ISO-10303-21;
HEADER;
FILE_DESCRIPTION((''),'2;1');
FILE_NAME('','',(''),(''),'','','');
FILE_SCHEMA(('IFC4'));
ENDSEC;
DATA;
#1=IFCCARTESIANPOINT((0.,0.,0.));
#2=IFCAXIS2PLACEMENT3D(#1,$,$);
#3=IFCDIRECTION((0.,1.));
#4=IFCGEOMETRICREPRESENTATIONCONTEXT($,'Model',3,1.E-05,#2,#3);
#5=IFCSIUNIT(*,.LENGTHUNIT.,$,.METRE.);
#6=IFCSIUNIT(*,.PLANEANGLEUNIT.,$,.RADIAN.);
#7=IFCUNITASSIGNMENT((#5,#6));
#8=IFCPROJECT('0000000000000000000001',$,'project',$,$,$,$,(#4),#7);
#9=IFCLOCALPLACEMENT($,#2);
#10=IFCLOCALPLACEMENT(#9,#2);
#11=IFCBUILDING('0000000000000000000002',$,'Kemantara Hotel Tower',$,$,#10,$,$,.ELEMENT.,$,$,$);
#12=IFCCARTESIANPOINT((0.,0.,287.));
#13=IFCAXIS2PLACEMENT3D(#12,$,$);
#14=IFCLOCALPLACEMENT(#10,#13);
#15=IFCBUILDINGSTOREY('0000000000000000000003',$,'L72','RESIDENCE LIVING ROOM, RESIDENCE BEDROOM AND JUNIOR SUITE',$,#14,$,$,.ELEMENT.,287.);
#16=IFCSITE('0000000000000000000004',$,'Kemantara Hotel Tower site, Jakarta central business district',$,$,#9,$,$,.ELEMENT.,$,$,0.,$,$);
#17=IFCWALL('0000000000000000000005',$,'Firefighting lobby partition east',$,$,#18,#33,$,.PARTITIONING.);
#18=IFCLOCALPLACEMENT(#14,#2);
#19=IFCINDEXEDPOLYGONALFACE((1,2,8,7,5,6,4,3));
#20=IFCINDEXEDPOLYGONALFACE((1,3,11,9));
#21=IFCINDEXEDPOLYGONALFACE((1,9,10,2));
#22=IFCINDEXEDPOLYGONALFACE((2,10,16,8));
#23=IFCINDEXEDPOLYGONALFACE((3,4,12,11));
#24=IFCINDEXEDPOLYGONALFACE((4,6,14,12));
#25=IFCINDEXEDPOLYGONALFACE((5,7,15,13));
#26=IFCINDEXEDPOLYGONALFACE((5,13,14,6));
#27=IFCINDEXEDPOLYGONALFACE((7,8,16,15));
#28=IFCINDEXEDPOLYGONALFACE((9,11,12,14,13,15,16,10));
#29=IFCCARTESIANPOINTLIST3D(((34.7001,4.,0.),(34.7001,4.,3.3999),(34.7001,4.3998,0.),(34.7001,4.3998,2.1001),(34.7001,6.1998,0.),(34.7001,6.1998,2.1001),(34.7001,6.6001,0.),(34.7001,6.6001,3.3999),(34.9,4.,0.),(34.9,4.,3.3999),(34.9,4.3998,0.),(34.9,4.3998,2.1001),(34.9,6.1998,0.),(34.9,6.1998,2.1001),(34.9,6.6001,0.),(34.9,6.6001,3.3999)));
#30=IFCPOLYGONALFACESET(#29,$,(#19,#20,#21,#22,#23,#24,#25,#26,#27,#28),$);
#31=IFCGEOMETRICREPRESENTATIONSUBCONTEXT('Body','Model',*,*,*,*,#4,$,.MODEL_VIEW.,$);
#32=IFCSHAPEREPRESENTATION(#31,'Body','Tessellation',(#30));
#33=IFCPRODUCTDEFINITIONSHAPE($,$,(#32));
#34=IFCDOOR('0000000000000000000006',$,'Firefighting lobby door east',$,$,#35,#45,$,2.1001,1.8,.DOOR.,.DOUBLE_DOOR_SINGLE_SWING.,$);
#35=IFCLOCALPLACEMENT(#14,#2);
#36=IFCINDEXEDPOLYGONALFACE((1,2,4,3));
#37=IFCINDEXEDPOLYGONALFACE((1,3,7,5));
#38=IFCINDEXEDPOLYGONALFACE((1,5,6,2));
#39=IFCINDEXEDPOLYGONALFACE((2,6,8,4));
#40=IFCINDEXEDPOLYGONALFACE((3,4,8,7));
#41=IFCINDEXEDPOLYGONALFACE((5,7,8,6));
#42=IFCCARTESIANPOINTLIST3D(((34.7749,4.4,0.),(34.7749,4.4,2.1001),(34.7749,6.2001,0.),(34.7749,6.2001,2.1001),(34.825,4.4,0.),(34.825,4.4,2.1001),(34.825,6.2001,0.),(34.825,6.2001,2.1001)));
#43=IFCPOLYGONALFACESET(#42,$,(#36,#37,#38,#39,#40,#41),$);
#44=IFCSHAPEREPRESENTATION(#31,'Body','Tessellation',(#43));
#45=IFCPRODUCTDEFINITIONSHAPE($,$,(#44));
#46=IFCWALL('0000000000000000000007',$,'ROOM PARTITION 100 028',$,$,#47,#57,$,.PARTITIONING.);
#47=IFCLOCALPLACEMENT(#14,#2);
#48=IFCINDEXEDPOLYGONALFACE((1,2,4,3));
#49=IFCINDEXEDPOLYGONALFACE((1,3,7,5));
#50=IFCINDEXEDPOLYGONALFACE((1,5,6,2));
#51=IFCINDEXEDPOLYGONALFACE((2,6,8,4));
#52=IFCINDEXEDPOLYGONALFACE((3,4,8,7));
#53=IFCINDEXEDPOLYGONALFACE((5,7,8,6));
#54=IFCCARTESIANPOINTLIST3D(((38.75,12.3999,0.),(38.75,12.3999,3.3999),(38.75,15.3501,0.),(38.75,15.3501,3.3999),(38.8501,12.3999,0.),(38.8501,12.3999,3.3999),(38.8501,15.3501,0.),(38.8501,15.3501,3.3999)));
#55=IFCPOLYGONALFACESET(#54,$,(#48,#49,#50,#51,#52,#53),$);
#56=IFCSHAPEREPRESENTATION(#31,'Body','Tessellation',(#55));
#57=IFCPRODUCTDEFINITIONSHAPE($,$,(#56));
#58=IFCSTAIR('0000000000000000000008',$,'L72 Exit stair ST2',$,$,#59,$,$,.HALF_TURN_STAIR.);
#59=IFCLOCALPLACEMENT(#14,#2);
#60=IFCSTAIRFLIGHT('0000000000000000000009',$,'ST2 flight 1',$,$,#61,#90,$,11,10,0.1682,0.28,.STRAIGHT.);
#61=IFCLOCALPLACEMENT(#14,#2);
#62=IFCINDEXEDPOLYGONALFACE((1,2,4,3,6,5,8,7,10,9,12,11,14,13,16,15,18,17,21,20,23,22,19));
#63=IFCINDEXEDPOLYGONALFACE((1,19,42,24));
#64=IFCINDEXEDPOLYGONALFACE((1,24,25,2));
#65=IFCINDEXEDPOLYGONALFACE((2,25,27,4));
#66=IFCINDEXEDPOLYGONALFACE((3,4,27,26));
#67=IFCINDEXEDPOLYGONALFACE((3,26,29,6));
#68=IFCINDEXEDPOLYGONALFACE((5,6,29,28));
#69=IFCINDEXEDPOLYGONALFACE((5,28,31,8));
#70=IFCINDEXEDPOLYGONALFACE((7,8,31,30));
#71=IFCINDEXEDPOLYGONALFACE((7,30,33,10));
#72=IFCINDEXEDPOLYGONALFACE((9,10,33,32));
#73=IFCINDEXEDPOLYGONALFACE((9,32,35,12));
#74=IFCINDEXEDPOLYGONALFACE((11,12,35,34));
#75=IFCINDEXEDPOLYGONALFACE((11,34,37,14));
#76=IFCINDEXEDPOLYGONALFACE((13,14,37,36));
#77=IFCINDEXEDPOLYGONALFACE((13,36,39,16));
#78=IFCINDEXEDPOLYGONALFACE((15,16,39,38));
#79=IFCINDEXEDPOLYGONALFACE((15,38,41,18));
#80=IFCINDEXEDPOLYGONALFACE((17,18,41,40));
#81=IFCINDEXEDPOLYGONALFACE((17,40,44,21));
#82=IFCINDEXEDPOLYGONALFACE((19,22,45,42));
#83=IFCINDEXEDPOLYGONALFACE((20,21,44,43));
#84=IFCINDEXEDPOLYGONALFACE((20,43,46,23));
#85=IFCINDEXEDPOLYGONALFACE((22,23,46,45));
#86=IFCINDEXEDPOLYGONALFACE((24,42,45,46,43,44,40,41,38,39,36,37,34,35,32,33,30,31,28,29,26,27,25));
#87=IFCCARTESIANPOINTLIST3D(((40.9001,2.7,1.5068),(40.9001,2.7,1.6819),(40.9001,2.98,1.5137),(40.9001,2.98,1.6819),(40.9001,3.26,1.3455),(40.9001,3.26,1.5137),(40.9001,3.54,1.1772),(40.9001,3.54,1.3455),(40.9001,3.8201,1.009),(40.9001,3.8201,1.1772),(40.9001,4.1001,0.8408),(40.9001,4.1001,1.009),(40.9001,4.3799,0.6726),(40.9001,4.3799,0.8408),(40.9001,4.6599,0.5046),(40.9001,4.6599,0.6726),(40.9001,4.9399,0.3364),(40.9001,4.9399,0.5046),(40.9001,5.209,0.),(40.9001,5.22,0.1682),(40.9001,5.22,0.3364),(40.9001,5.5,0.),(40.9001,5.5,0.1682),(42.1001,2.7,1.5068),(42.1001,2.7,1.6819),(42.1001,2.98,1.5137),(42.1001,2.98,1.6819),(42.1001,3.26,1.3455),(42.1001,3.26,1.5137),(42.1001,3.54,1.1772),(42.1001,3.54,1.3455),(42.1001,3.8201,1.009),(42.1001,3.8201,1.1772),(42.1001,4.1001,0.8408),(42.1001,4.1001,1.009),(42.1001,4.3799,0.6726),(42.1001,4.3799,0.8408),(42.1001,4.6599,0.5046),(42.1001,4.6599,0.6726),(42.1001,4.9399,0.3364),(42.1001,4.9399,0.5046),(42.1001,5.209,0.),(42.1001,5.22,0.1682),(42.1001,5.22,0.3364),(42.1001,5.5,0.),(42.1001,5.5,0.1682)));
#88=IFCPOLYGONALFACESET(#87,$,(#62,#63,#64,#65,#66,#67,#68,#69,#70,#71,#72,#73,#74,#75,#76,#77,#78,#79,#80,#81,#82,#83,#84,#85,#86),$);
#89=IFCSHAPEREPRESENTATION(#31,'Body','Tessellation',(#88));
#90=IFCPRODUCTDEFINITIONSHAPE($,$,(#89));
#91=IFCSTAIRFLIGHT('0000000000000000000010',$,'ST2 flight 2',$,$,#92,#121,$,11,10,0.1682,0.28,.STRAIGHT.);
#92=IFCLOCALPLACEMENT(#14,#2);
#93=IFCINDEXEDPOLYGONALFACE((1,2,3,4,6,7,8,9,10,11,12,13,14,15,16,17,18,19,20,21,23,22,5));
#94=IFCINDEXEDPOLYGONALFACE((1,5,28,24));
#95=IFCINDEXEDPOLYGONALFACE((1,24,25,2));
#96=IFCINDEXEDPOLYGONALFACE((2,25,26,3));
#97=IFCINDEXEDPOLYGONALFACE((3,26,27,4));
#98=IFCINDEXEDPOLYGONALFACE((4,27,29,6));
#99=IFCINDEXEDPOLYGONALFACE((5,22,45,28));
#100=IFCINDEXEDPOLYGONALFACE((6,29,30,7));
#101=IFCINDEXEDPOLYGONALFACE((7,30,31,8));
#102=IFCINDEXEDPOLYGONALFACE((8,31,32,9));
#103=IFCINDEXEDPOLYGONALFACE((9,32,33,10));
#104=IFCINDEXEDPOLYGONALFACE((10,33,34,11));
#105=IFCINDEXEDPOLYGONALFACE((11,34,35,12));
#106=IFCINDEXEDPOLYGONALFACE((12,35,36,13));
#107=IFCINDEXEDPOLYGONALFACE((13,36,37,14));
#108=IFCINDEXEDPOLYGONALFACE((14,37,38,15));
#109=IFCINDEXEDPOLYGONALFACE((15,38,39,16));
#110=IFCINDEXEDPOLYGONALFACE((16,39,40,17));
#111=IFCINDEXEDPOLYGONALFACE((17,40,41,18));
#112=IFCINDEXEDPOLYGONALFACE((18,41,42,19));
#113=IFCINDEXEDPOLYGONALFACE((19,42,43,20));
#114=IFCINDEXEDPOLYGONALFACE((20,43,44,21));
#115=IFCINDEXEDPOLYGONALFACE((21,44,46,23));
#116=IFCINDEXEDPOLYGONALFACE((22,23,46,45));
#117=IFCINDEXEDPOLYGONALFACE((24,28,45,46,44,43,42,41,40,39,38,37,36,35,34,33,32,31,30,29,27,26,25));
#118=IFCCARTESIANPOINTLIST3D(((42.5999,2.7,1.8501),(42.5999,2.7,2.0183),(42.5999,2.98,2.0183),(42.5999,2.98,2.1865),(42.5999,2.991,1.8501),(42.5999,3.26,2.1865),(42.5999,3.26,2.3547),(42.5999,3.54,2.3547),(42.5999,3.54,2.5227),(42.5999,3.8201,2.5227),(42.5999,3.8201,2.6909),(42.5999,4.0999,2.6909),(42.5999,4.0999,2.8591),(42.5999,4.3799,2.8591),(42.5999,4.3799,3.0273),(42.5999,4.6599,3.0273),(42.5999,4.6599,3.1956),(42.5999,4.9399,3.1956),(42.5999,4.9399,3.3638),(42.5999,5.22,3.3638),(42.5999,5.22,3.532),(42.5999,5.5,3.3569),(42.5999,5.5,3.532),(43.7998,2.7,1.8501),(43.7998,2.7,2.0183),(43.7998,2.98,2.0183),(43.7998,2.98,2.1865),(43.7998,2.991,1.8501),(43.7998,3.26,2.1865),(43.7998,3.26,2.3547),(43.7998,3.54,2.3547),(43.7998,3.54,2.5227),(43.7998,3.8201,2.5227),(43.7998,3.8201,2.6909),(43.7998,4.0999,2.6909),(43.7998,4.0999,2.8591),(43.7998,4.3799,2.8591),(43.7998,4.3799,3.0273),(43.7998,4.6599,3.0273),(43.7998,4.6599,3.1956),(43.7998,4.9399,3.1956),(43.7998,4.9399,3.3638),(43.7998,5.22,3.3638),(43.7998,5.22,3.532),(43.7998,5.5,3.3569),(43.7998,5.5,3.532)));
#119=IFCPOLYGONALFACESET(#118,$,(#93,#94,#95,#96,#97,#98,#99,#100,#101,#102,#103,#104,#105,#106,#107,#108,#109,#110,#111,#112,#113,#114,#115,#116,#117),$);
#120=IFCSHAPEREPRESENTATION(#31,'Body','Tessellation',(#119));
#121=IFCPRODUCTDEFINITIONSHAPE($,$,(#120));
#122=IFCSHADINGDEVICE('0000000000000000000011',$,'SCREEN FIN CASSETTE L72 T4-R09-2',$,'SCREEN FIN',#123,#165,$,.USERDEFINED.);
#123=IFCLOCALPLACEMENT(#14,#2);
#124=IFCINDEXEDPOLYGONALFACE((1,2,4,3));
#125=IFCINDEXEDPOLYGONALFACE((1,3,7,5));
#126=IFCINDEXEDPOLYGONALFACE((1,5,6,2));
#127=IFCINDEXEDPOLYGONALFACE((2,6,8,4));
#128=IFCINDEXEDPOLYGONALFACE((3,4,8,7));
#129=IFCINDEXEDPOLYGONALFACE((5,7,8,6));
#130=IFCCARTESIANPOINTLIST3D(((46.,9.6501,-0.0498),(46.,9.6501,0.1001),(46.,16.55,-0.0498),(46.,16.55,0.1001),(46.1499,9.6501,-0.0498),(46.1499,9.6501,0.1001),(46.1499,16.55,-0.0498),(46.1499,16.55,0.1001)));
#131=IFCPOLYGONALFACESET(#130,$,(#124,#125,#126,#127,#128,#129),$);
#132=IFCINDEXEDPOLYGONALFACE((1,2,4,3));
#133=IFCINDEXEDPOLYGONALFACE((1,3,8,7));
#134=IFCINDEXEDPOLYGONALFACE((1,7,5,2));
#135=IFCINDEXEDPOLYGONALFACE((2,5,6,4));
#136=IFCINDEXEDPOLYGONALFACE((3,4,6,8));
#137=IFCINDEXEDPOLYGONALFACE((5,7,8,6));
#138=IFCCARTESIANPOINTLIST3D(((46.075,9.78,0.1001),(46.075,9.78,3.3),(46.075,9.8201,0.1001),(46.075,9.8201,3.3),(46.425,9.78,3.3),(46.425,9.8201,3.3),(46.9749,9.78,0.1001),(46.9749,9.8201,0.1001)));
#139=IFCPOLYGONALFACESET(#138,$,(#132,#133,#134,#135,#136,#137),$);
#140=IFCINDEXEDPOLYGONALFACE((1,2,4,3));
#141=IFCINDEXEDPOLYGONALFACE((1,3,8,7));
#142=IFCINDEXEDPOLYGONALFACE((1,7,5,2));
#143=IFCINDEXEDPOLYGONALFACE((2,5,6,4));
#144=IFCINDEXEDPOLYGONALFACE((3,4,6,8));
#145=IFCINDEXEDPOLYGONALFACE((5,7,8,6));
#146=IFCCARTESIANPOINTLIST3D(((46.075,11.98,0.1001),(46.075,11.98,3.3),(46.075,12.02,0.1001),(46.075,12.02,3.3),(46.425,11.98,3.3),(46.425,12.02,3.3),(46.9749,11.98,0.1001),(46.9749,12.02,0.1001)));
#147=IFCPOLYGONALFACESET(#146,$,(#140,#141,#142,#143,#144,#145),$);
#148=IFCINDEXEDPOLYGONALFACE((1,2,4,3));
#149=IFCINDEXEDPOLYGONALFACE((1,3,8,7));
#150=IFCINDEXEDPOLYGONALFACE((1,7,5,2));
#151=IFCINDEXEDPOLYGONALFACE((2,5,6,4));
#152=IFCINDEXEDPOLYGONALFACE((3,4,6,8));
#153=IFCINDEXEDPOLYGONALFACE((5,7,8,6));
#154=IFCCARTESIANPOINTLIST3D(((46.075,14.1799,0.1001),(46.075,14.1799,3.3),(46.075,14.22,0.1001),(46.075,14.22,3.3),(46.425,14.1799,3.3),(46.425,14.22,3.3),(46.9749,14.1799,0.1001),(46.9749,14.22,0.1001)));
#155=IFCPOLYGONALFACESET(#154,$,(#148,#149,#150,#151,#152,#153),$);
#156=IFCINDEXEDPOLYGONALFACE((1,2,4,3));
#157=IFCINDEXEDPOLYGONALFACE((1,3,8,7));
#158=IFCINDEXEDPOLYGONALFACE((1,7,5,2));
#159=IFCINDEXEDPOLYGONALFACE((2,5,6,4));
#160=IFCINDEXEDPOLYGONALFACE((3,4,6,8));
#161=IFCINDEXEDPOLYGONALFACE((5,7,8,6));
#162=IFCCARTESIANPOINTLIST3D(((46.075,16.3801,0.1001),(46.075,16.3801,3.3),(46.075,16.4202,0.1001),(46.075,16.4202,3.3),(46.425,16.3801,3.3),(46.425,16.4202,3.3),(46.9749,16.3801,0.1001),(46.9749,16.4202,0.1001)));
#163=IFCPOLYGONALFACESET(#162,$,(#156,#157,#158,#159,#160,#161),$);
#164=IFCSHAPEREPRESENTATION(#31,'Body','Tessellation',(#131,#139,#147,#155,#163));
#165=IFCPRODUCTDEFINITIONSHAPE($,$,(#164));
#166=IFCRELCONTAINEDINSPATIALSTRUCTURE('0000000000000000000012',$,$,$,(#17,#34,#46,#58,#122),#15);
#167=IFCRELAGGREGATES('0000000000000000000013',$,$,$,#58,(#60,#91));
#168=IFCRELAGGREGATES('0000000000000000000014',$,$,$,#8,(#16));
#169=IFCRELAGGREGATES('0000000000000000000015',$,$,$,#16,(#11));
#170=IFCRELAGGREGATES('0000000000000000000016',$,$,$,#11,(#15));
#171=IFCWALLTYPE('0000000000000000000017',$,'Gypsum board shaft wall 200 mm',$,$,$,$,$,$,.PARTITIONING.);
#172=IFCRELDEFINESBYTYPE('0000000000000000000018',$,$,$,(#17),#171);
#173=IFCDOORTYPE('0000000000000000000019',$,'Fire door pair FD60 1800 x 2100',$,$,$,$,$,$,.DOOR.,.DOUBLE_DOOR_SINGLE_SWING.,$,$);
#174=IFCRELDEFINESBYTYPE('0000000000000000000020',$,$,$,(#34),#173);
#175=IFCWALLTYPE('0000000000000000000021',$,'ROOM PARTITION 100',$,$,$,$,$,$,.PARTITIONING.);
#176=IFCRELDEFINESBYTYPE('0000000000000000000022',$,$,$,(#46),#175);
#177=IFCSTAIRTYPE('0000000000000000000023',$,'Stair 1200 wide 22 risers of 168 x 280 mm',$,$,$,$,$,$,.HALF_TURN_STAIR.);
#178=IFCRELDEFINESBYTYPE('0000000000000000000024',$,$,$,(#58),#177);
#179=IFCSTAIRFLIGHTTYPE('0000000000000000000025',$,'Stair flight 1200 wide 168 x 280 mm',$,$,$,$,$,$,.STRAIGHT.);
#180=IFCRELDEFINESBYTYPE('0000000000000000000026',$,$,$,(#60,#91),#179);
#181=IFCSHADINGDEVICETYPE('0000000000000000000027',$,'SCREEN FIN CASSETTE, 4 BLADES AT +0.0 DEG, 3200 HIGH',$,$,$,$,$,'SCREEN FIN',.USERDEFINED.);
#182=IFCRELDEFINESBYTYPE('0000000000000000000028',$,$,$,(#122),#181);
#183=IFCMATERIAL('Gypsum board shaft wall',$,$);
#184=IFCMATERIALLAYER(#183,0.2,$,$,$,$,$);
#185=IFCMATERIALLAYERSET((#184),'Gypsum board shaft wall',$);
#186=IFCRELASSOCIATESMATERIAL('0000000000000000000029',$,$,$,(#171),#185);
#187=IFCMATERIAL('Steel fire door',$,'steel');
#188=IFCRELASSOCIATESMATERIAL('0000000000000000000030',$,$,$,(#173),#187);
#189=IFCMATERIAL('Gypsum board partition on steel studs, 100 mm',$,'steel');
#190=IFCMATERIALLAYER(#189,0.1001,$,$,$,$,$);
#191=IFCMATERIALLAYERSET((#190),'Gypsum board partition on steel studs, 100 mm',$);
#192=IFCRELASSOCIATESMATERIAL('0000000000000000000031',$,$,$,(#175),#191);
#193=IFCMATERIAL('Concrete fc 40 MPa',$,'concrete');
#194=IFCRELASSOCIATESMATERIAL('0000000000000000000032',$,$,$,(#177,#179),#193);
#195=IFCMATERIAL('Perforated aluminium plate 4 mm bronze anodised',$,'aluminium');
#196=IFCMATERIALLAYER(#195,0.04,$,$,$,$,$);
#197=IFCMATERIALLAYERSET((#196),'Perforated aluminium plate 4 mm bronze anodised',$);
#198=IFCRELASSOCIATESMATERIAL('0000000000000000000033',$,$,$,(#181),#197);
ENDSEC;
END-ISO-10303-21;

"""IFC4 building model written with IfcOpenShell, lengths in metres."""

from ifc_helpers import new_model, si_unit, direction, frame, frame_2d, origin, origin_2d, place, context, subcontext, project, spatial, polyline, rectangle, outline, extrude, source, transform, mapped, material, layer, layer_set, type_object, element, fill, aggregate, save


model = new_model("IFC4")

# Units and contexts
model_context = context("Model", 3, precision=1e-05, world=origin(), true_north=direction((0.0, 1.0)))
body_context = subcontext(model_context, "Body", "Model", "MODEL_VIEW")
ifc_project = project(units=[si_unit("LENGTHUNIT", "METRE"), si_unit("PLANEANGLEUNIT", "RADIAN")], contexts=[model_context])

# Site, building, storey
site_placement = place(None, origin())
site = spatial("IfcSite", under=ifc_project, at=site_placement, Name="Kemantara Hotel Tower site, Jakarta central business district", CompositionType="ELEMENT", RefElevation=0.0)
building_placement = place(site_placement, origin())
building = spatial("IfcBuilding", under=site, at=building_placement, Name="Kemantara Hotel Tower", CompositionType="ELEMENT")
storey_placement = place(building_placement, frame((0.0, 0.0, 287.0)))
storey = spatial("IfcBuildingStorey", under=building, at=storey_placement, Name="L72", Description="RESIDENCE LIVING ROOM, RESIDENCE BEDROOM AND JUNIOR SUITE", CompositionType="ELEMENT", Elevation=287.0)

# Shared definitions
ifc_material_1 = material(Name="Steel fire door", Category="steel")

# Wall, opening, door
ifc_material_2 = material(Name="Gypsum board shaft wall")
ifc_layer_1 = layer(ifc_material_2, 0.2)
ifc_layer_set_1 = layer_set([ifc_layer_1], Name="Gypsum board shaft wall")
wall_type_1 = type_object("IfcWallType", Name="Gypsum board shaft wall 200 mm", PredefinedType="PARTITIONING", material=ifc_layer_set_1)
wall_1_placement = place(storey_placement, frame((34.8, 4.0, 0.0), z_axis=(0.0, 0.0, 1.0), x_axis=(0.0, 1.0, 0.0)))
wall_1 = element("IfcWall", 1, at=wall_1_placement, inside=storey, type_object=wall_type_1, Name="Firefighting lobby partition east", PredefinedType="PARTITIONING", context=body_context, shape_type="SweptSolid", body=[
    extrude(rectangle(XDim=2.6001, YDim=0.2, at=frame_2d((1.3, 0.0))), origin(), (0.0, 0.0, 1.0), 3.3999),
])
opening_1_placement = place(wall_1_placement, frame((0.3999, 0.0, 0.0)))
opening_1 = element("IfcOpeningElement", 2, at=opening_1_placement, cuts=wall_1, PredefinedType="OPENING", context=body_context, shape_type="SweptSolid", body=[
    extrude(rectangle(XDim=1.8, YDim=2.1001, at=frame_2d((0.8999, 1.05))), frame((0.0, 0.1099, 0.0), z_axis=(0.0, -1.0, 0.0), x_axis=(1.0, 0.0, 0.0)), (0.0, 0.0, 1.0), 0.22),
])
door_type_1 = type_object("IfcDoorType", Name="Fire door pair FD60 1800 x 2100", OperationType="DOUBLE_DOOR_SINGLE_SWING", PredefinedType="DOOR", material=ifc_material_1)
door_1_placement = place(opening_1_placement, frame((1.8, 0.0, 0.0), z_axis=(0.0, 0.0, 1.0), x_axis=(-1.0, 0.0, 0.0)))
door_1 = element("IfcDoor", 3, at=door_1_placement, inside=storey, type_object=door_type_1, Name="Firefighting lobby door east", OperationType="DOUBLE_DOOR_SINGLE_SWING", OverallHeight=2.1001, OverallWidth=1.8, PredefinedType="DOOR", context=body_context, shape_type="SweptSolid", body=[
    extrude(rectangle(XDim=1.8, YDim=2.1001, at=frame_2d((0.8999, 1.05))), frame((0.0, 0.0249, 0.0), z_axis=(0.0, -1.0, 0.0), x_axis=(1.0, 0.0, 0.0)), (0.0, 0.0, 1.0), 0.05),
])
fill(opening_1, door_1)

# Wall
ifc_material_3 = material(Name="Gypsum board partition on steel studs, 100 mm", Category="steel")
ifc_layer_2 = layer(ifc_material_3, 0.1001)
ifc_layer_set_2 = layer_set([ifc_layer_2], Name="Gypsum board partition on steel studs, 100 mm")
wall_type_2 = type_object("IfcWallType", Name="ROOM PARTITION 100", PredefinedType="PARTITIONING", material=ifc_layer_set_2)
wall_2_placement = place(storey_placement, frame((38.8, 12.3999, 0.0), z_axis=(0.0, 0.0, 1.0), x_axis=(0.0, 1.0, 0.0)))
element("IfcWall", 4, at=wall_2_placement, inside=storey, type_object=wall_type_2, Name="ROOM PARTITION 100 028", PredefinedType="PARTITIONING", context=body_context, shape_type="SweptSolid", body=[
    extrude(rectangle(XDim=2.9502, YDim=0.1001, at=frame_2d((1.4751, 0.0))), origin(), (0.0, 0.0, 1.0), 3.3999),
])

# Stair, stair flights
ifc_material_4 = material(Name="Concrete fc 40 MPa", Category="concrete")
stair_type = type_object("IfcStairType", Name="Stair 1200 wide 22 risers of 168 x 280 mm", PredefinedType="HALF_TURN_STAIR", material=ifc_material_4)
stair_placement = place(storey_placement, origin())
stair = element("IfcStair", 5, at=stair_placement, inside=storey, type_object=stair_type, Name="L72 Exit stair ST2", PredefinedType="HALF_TURN_STAIR")
stair_flight_type = type_object("IfcStairFlightType", Name="Stair flight 1200 wide 168 x 280 mm", PredefinedType="STRAIGHT", material=ifc_material_4)
stair_flight_1_placement = place(storey_placement, frame((41.5, 5.5, 0.0), z_axis=(0.0, 0.0, 1.0), x_axis=(0.0, -1.0, 0.0)))
stair_flight_1 = element("IfcStairFlight", 6, at=stair_flight_1_placement, type_object=stair_flight_type, Name="ST2 flight 1", NumberOfRisers=11, NumberOfTreads=10, PredefinedType="STRAIGHT", RiserHeight=0.1682, TreadLength=0.28, context=body_context, shape_type="SweptSolid", body=[
    extrude(outline(polyline([(0.0, 0.0), (0.0, 0.1682), (0.28, 0.1682), (0.28, 0.3364), (0.5601, 0.3364), (0.5601, 0.5046), (0.8401, 0.5046), (0.8401, 0.6726), (1.1201, 0.6726), (1.1201, 0.8408), (1.3999, 0.8408), (1.3999, 1.009), (1.6799, 1.009), (1.6799, 1.1772), (1.96, 1.1772), (1.96, 1.3455), (2.24, 1.3455), (2.24, 1.5137), (2.52, 1.5137), (2.52, 1.6819), (2.8, 1.6819), (2.8, 1.8501), (2.8, 1.5068), (0.291, 0.0), (0.0, 0.0)])), frame((0.0, 0.6001, 0.0), z_axis=(0.0, -1.0, 0.0), x_axis=(1.0, 0.0, 0.0)), (0.0, 0.0, 1.0), 1.2),
])
stair_flight_2_placement = place(storey_placement, frame((43.2, 2.7, 1.8501), z_axis=(0.0, 0.0, 1.0), x_axis=(0.0, 1.0, 0.0)))
stair_flight_2 = element("IfcStairFlight", 7, at=stair_flight_2_placement, type_object=stair_flight_type, Name="ST2 flight 2", NumberOfRisers=11, NumberOfTreads=10, PredefinedType="STRAIGHT", RiserHeight=0.1682, TreadLength=0.28, context=body_context, shape_type="SweptSolid", body=[
    extrude(outline(polyline([(0.0, 0.0), (0.0, 0.1682), (0.28, 0.1682), (0.28, 0.3364), (0.5601, 0.3364), (0.5601, 0.5046), (0.8401, 0.5046), (0.8401, 0.6726), (1.1201, 0.6726), (1.1201, 0.8408), (1.3999, 0.8408), (1.3999, 1.009), (1.6799, 1.009), (1.6799, 1.1772), (1.96, 1.1772), (1.96, 1.3455), (2.24, 1.3455), (2.24, 1.5137), (2.52, 1.5137), (2.52, 1.6819), (2.8, 1.6819), (2.8, 1.8501), (2.8, 1.5068), (0.291, 0.0), (0.0, 0.0)])), frame((0.0, 0.6001, 0.0), z_axis=(0.0, -1.0, 0.0), x_axis=(1.0, 0.0, 0.0)), (0.0, 0.0, 1.0), 1.2),
])
aggregate(stair, [stair_flight_1, stair_flight_2])

# Shading device
ifc_material_5 = material(Name="Perforated aluminium plate 4 mm bronze anodised", Category="aluminium")
ifc_layer_3 = layer(ifc_material_5, 0.04)
ifc_layer_set_3 = layer_set([ifc_layer_3], Name="Perforated aluminium plate 4 mm bronze anodised")
shading_device_type_1 = type_object("IfcShadingDeviceType", Name="SCREEN FIN CASSETTE, 4 BLADES AT +0.0 DEG, 3200 HIGH", ElementType="SCREEN FIN", PredefinedType="USERDEFINED", material=ifc_layer_set_3)
shared_shape_1 = source(origin(), body_context, "Body", "SweptSolid", [
    extrude(rectangle(XDim=6.8999, YDim=0.1499, at=origin_2d()), frame((3.3, -0.075, -0.1499), z_axis=(0.0, 0.0, 1.0), x_axis=(1.0, 0.0, 0.0)), (0.0, 0.0, 1.0), 0.1499),
    extrude(outline(polyline([(0.0, 0.0), (0.8999, 0.0), (0.3501, 3.2), (0.0, 3.2), (0.0, 0.0)])), frame((0.02, -0.075, 0.0), z_axis=(-1.0, 0.0, 0.0), x_axis=(0.0, -1.0, 0.0)), (0.0, 0.0, 1.0), 0.04),
    extrude(outline(polyline([(0.0, 0.0), (0.8999, 0.0), (0.3501, 3.2), (0.0, 3.2), (0.0, 0.0)])), frame((2.22, -0.075, 0.0), z_axis=(-1.0, 0.0, 0.0), x_axis=(0.0, -1.0, 0.0)), (0.0, 0.0, 1.0), 0.04),
    extrude(outline(polyline([(0.0, 0.0), (0.8999, 0.0), (0.3501, 3.2), (0.0, 3.2), (0.0, 0.0)])), frame((4.4199, -0.075, 0.0), z_axis=(-1.0, 0.0, 0.0), x_axis=(0.0, -1.0, 0.0)), (0.0, 0.0, 1.0), 0.04),
    extrude(outline(polyline([(0.0, 0.0), (0.8999, 0.0), (0.3501, 3.2), (0.0, 3.2), (0.0, 0.0)])), frame((6.6201, -0.075, 0.0), z_axis=(-1.0, 0.0, 0.0), x_axis=(0.0, -1.0, 0.0)), (0.0, 0.0, 1.0), 0.04),
])
shading_device_1_placement = place(storey_placement, frame((46.0, 9.8, 0.1001), z_axis=(0.0, 0.0, 1.0), x_axis=(0.0, 1.0, 0.0)))
element("IfcShadingDevice", 8, at=shading_device_1_placement, inside=storey, type_object=shading_device_type_1, Name="SCREEN FIN CASSETTE L72 T4-R09-2", ObjectType="SCREEN FIN", PredefinedType="USERDEFINED", context=body_context, shape_type="MappedRepresentation", body=[
    mapped(shared_shape_1, transform((0.0, 0.0, 0.0))),
])

save(model, "model.ifc")
